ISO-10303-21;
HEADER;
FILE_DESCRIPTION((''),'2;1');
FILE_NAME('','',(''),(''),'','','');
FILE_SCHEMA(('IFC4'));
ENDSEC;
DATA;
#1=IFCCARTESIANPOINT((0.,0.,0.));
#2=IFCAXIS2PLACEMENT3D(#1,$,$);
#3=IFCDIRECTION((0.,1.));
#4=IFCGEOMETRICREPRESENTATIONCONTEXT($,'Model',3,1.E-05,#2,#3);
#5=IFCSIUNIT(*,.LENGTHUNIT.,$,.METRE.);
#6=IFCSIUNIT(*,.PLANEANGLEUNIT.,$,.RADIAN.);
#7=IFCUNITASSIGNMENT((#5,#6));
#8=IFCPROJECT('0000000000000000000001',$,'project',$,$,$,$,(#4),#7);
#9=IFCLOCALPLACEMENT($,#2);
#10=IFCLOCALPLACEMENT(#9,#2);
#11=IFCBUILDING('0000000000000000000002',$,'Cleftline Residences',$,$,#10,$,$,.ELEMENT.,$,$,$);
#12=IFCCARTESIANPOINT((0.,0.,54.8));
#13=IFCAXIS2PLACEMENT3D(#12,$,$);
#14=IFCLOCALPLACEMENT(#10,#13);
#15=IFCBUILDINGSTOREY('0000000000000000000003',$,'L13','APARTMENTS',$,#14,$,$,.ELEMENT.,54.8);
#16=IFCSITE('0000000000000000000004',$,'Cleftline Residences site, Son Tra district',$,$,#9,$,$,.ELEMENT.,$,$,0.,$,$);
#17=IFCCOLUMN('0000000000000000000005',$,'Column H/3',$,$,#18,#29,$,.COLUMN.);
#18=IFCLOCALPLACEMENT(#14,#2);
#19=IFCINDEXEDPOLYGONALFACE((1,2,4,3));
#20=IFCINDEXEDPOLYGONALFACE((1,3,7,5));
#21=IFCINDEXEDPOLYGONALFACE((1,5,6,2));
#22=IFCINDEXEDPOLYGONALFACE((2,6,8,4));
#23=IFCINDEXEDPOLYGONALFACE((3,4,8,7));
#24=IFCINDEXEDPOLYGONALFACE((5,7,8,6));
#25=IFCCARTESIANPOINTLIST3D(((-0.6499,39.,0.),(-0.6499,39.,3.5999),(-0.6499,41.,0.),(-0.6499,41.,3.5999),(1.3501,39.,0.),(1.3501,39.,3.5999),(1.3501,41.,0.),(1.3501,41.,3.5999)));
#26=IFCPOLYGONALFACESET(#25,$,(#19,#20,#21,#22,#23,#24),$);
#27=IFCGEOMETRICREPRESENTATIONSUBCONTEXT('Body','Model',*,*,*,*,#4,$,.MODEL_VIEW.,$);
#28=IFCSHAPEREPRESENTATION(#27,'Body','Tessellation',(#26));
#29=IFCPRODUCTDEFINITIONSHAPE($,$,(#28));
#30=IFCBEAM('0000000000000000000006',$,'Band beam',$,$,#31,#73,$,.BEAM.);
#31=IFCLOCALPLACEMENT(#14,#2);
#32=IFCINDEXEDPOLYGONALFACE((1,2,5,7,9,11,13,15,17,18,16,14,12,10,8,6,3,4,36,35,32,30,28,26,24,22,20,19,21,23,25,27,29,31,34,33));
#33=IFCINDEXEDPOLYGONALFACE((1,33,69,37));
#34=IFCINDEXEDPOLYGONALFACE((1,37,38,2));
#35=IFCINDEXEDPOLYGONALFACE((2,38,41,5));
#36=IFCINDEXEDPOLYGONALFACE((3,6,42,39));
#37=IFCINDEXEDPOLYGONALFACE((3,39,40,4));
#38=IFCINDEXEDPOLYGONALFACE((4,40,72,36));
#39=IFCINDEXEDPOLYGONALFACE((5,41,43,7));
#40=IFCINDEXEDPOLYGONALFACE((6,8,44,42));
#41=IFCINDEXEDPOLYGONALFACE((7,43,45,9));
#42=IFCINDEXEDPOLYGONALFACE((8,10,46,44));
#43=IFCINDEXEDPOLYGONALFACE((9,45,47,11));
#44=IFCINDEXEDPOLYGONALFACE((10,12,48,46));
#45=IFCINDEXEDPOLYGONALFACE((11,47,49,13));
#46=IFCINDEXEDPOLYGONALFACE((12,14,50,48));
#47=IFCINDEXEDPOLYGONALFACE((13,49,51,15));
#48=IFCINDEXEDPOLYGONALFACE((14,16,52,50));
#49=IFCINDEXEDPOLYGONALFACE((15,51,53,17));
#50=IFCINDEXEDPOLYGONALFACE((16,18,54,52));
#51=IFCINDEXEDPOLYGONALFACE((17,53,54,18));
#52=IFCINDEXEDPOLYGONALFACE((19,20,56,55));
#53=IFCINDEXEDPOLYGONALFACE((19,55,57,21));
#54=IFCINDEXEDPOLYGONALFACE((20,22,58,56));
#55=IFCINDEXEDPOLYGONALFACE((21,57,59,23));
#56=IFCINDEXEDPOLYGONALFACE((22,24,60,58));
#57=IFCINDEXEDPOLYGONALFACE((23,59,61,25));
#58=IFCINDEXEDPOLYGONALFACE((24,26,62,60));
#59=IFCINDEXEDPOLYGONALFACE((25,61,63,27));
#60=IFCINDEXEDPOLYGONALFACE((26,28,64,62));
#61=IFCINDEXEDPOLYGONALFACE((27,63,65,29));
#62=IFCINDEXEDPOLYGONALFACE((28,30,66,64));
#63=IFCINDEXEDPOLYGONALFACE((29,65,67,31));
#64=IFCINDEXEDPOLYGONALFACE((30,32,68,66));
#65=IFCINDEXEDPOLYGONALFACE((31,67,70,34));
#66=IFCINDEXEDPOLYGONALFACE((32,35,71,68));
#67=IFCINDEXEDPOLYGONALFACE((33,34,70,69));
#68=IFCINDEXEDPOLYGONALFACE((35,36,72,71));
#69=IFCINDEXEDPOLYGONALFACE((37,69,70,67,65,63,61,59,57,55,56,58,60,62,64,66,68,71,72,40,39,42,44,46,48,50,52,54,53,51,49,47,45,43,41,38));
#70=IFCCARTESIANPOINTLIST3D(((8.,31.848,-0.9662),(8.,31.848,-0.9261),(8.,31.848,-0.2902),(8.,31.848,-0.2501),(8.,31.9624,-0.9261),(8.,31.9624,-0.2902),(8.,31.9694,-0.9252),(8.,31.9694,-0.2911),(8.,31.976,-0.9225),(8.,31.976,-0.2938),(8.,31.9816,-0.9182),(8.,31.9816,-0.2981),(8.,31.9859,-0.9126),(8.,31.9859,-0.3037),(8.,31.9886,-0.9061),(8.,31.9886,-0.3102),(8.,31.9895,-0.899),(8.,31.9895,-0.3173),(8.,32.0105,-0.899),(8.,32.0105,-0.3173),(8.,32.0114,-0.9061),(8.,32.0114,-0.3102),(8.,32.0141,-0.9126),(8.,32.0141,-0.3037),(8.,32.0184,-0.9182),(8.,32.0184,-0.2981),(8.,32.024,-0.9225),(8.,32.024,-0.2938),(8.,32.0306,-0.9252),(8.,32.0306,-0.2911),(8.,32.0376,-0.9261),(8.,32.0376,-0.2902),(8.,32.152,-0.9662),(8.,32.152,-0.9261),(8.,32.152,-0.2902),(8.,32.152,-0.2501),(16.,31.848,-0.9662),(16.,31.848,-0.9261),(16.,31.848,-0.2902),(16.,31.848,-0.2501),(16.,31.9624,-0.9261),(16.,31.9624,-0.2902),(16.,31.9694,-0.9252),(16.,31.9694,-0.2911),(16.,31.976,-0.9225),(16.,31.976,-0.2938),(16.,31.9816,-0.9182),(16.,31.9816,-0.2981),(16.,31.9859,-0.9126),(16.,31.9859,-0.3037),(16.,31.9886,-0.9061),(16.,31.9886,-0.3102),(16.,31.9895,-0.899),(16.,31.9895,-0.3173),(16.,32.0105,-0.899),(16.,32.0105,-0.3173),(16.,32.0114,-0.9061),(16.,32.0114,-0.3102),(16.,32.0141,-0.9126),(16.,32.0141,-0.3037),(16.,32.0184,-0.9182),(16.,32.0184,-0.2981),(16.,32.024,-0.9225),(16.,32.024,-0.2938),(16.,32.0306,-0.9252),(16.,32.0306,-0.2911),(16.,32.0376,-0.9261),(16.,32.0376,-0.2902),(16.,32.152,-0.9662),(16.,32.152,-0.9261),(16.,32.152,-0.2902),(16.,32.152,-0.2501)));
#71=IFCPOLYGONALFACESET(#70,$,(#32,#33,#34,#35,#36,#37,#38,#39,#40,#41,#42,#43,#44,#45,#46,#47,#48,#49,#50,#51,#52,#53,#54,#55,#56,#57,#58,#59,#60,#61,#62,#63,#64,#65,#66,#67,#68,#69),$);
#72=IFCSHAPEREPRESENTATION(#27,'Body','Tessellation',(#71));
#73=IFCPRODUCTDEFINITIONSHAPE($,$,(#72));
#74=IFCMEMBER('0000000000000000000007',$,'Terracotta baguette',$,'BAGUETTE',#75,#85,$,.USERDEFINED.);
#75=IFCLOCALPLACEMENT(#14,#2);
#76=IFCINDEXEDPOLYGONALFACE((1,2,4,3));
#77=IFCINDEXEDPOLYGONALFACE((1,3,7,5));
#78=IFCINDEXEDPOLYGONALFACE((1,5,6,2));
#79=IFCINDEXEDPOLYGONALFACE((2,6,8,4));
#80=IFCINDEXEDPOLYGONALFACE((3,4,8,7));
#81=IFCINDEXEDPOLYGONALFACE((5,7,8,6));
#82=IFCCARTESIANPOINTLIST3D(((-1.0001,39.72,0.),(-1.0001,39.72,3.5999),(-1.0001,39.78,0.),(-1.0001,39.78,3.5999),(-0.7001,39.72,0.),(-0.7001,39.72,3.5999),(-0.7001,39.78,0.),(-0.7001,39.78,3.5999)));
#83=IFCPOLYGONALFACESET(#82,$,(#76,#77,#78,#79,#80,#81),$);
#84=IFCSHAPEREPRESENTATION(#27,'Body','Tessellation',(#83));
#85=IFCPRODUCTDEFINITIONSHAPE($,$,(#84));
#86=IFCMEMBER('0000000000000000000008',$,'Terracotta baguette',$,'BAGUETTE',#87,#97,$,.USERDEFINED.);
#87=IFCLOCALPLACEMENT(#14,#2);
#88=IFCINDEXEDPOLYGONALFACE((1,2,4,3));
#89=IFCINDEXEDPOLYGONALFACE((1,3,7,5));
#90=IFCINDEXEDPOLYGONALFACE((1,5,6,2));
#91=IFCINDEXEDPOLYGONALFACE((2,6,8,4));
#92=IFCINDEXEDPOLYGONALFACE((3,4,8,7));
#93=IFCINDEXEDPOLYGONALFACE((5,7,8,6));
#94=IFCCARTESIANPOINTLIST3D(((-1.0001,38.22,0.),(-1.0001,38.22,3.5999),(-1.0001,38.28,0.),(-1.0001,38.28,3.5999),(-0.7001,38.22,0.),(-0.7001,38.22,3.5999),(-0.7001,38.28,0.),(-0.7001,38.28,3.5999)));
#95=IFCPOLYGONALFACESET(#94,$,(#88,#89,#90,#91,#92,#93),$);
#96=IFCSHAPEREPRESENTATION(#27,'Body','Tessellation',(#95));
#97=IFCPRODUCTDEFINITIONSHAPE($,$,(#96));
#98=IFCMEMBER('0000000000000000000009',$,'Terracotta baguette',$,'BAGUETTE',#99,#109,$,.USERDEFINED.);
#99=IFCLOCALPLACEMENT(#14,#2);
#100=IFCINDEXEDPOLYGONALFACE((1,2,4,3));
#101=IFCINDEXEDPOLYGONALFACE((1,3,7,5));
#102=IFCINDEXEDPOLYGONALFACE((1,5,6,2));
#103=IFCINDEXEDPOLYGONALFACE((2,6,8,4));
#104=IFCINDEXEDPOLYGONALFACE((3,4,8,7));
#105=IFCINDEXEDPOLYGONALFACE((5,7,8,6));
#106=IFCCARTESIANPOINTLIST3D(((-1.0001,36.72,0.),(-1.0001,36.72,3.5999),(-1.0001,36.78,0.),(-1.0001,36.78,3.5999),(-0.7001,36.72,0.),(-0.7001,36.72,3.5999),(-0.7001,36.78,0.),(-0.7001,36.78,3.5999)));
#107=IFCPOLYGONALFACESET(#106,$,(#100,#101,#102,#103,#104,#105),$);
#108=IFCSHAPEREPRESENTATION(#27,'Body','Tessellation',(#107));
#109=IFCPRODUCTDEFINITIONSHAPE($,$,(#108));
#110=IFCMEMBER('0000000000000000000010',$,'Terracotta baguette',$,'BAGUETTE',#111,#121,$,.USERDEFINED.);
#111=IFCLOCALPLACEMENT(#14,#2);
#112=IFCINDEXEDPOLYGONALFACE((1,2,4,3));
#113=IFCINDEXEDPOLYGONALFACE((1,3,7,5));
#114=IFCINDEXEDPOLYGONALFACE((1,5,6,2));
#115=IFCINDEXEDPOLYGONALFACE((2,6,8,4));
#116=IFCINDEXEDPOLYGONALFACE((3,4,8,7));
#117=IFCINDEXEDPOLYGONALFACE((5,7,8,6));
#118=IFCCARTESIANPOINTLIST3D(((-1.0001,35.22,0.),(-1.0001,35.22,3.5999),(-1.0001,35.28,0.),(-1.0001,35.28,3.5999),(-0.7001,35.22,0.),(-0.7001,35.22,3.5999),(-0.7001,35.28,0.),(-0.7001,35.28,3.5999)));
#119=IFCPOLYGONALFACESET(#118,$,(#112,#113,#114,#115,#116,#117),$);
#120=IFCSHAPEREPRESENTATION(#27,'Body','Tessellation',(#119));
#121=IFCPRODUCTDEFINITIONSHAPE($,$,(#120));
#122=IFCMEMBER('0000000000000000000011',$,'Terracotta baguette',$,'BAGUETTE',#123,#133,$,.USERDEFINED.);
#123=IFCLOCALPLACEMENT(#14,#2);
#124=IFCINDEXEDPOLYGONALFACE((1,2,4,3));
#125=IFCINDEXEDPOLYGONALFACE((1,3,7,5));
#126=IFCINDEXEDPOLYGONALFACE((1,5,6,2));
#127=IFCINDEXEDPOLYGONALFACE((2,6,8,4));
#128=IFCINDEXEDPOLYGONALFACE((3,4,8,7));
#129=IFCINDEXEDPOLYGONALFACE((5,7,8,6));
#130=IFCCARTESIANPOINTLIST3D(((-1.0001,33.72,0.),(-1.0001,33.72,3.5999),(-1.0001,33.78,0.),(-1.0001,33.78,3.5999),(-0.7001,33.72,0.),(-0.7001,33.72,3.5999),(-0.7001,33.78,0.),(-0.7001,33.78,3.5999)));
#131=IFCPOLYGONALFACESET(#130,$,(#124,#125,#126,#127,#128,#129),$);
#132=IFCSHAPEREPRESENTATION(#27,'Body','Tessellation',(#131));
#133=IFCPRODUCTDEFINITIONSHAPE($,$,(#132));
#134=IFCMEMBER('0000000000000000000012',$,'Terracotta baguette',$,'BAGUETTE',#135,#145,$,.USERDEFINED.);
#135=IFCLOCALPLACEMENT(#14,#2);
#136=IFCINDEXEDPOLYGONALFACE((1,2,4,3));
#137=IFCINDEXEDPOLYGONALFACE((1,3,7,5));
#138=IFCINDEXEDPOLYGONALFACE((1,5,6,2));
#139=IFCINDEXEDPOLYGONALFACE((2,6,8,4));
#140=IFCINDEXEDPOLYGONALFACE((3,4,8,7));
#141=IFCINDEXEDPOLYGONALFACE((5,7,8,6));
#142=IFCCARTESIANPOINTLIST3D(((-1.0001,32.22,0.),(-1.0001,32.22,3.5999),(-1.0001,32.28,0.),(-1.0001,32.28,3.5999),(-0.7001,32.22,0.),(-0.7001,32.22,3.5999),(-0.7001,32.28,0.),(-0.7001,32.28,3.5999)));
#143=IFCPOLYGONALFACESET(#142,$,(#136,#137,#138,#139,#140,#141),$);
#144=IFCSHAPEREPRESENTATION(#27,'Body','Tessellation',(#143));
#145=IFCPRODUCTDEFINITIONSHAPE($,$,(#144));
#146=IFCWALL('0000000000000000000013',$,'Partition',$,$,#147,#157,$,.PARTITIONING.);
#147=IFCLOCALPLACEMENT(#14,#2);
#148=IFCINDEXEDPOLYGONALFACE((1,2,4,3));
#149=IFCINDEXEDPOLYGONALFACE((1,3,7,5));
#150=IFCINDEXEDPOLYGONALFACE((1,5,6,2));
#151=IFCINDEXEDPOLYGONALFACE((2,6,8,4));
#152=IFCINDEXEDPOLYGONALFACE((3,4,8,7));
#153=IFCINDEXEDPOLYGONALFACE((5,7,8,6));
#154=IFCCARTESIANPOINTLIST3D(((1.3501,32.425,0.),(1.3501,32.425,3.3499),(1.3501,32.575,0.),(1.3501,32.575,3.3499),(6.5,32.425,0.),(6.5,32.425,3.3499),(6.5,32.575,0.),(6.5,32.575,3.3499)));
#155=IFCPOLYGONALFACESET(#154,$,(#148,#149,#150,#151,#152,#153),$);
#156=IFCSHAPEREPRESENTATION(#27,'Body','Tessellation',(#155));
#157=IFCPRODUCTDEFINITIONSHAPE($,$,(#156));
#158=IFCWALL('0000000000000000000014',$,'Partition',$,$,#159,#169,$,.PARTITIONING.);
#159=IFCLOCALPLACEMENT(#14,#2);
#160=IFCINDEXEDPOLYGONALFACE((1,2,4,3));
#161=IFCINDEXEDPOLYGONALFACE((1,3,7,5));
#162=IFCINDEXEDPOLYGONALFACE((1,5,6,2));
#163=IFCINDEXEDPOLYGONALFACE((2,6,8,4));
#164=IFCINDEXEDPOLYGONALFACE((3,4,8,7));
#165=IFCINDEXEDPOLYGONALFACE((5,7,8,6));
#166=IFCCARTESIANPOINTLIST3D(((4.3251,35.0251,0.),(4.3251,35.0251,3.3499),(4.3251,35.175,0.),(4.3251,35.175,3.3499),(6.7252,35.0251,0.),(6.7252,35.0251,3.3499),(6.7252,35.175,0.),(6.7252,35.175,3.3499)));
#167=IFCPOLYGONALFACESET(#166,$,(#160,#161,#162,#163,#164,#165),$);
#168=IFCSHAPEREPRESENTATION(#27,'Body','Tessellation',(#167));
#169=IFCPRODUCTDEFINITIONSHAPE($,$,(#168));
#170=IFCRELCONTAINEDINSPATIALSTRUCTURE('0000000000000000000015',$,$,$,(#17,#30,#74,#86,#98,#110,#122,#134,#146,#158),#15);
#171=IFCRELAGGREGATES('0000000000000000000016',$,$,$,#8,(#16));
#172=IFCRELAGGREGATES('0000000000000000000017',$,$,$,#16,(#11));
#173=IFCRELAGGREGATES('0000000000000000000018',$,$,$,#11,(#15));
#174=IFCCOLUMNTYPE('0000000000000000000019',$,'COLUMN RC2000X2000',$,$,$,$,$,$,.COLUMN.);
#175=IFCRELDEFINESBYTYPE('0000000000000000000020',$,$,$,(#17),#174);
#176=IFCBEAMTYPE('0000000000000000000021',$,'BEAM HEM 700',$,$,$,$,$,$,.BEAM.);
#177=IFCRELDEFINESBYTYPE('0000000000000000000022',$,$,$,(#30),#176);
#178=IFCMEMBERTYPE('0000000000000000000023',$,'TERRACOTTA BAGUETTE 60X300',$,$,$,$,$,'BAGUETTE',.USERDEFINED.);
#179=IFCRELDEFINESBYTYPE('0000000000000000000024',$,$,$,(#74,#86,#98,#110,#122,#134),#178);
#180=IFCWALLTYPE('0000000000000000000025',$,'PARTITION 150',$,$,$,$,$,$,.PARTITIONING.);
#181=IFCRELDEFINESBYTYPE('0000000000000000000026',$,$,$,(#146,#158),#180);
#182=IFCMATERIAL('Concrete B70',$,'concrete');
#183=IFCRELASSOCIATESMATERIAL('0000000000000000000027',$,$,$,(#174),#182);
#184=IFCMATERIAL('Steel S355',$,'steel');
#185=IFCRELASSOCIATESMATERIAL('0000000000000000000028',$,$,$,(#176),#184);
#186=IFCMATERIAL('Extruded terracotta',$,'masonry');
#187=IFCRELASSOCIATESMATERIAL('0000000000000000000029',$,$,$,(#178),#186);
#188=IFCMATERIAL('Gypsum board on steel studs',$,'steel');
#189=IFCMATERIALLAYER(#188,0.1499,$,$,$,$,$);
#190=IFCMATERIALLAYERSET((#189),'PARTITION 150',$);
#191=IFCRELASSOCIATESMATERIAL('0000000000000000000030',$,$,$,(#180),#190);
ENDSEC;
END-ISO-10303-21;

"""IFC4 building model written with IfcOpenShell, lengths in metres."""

from ifc_helpers import new_model, si_unit, direction, frame, frame_2d, origin, origin_2d, place, context, subcontext, project, spatial, rectangle, i_section, extrude, material, layer, layer_set, material_profile, profile_set, type_object, element, save


model = new_model("IFC4")

# Units and contexts
model_context = context("Model", 3, precision=1e-05, world=origin(), true_north=direction((0.0, 1.0)))
body_context = subcontext(model_context, "Body", "Model", "MODEL_VIEW")
ifc_project = project(units=[si_unit("LENGTHUNIT", "METRE"), si_unit("PLANEANGLEUNIT", "RADIAN")], contexts=[model_context])

# Site, building, storey
site_placement = place(None, origin())
site = spatial("IfcSite", under=ifc_project, at=site_placement, Name="Cleftline Residences site, Son Tra district", CompositionType="ELEMENT", RefElevation=0.0)
building_placement = place(site_placement, origin())
building = spatial("IfcBuilding", under=site, at=building_placement, Name="Cleftline Residences", CompositionType="ELEMENT")
storey_placement = place(building_placement, frame((0.0, 0.0, 54.8)))
storey = spatial("IfcBuildingStorey", under=building, at=storey_placement, Name="L13", Description="APARTMENTS", CompositionType="ELEMENT", Elevation=54.8)

# Column
ifc_material_1 = material(Name="Concrete B70", Category="concrete")
ifc_material_profile_1 = material_profile(ifc_material_1, rectangle(XDim=2.0, YDim=2.0, at=origin_2d()))
ifc_profile_set_1 = profile_set([ifc_material_profile_1], Name="Concrete B70")
column_type = type_object("IfcColumnType", Name="COLUMN RC2000X2000", PredefinedType="COLUMN", material=ifc_profile_set_1)
column_placement = place(storey_placement, frame((0.3501, 40.0, 0.0), z_axis=(0.0, 0.0, 1.0), x_axis=(1.0, 0.0, 0.0)))
element("IfcColumn", 1, at=column_placement, inside=storey, type_object=column_type, Name="Column H/3", PredefinedType="COLUMN", context=body_context, shape_type="SweptSolid", body=[
    extrude(rectangle(XDim=2.0, YDim=2.0, at=origin_2d()), origin(), (0.0, 0.0, 1.0), 3.5999),
])

# Beam
ifc_material_2 = material(Name="Steel S355", Category="steel")
ifc_material_profile_2 = material_profile(ifc_material_2, i_section(OverallWidth=0.304, OverallDepth=0.7161, WebThickness=0.021, FlangeThickness=0.04, FilletRadius=0.0271, at=origin_2d()))
ifc_profile_set_2 = profile_set([ifc_material_profile_2], Name="Steel S355")
beam_type = type_object("IfcBeamType", Name="BEAM HEM 700", PredefinedType="BEAM", material=ifc_profile_set_2)
beam_placement = place(storey_placement, frame((8.0, 32.0, -0.6082), z_axis=(1.0, 0.0, 0.0), x_axis=(0.0, 1.0, 0.0)))
element("IfcBeam", 2, at=beam_placement, inside=storey, type_object=beam_type, Name="Band beam", PredefinedType="BEAM", context=body_context, shape_type="SweptSolid", body=[
    extrude(i_section(OverallWidth=0.304, OverallDepth=0.7161, WebThickness=0.021, FlangeThickness=0.04, FilletRadius=0.0271, at=origin_2d()), origin(), (0.0, 0.0, 1.0), 8.0),
])

# Members
ifc_material_3 = material(Name="Extruded terracotta", Category="masonry")
ifc_material_profile_3 = material_profile(ifc_material_3, rectangle(XDim=0.0601, YDim=0.3, at=origin_2d()))
ifc_profile_set_3 = profile_set([ifc_material_profile_3], Name="Extruded terracotta")
member_type = type_object("IfcMemberType", Name="TERRACOTTA BAGUETTE 60X300", ElementType="BAGUETTE", PredefinedType="USERDEFINED", material=ifc_profile_set_3)
for number, where, z_axis, x_axis, name in (
    (3, (-0.8501, 39.75, 0.0), (0.0, 0.0, 1.0), (0.0, 1.0, 0.0), "Terracotta baguette"),
    (4, (-0.8501, 38.25, 0.0), (0.0, 0.0, 1.0), (0.0, 1.0, 0.0), "Terracotta baguette"),
    (5, (-0.8501, 36.75, 0.0), (0.0, 0.0, 1.0), (0.0, 1.0, 0.0), "Terracotta baguette"),
    (6, (-0.8501, 35.25, 0.0), (0.0, 0.0, 1.0), (0.0, 1.0, 0.0), "Terracotta baguette"),
    (7, (-0.8501, 33.75, 0.0), (0.0, 0.0, 1.0), (0.0, 1.0, 0.0), "Terracotta baguette"),
    (8, (-0.8501, 32.25, 0.0), (0.0, 0.0, 1.0), (0.0, 1.0, 0.0), "Terracotta baguette"),
):
    element("IfcMember", number, at=place(storey_placement, frame(where, z_axis=z_axis, x_axis=x_axis)), inside=storey, type_object=member_type, Name=name, ObjectType="BAGUETTE", PredefinedType="USERDEFINED", context=body_context, shape_type="SweptSolid", body=[
        extrude(rectangle(XDim=0.0601, YDim=0.3, at=origin_2d()), origin(), (0.0, 0.0, 1.0), 3.5999),
    ])

# Walls
ifc_material_4 = material(Name="Gypsum board on steel studs", Category="steel")
ifc_layer = layer(ifc_material_4, 0.1499)
ifc_layer_set = layer_set([ifc_layer], Name="PARTITION 150")
wall_type = type_object("IfcWallType", Name="PARTITION 150", PredefinedType="PARTITIONING", material=ifc_layer_set)
wall_1_placement = place(storey_placement, frame((1.3501, 32.5, 0.0), z_axis=(0.0, 0.0, 1.0), x_axis=(1.0, 0.0, 0.0)))
element("IfcWall", 9, at=wall_1_placement, inside=storey, type_object=wall_type, Name="Partition", PredefinedType="PARTITIONING", context=body_context, shape_type="SweptSolid", body=[
    extrude(rectangle(XDim=5.1499, YDim=0.1499, at=frame_2d((2.575, 0.0))), origin(), (0.0, 0.0, 1.0), 3.3499),
])
wall_2_placement = place(storey_placement, frame((4.325, 35.1001, 0.0), z_axis=(0.0, 0.0, 1.0), x_axis=(1.0, 0.0, 0.0)))
element("IfcWall", 10, at=wall_2_placement, inside=storey, type_object=wall_type, Name="Partition", PredefinedType="PARTITIONING", context=body_context, shape_type="SweptSolid", body=[
    extrude(rectangle(XDim=2.4001, YDim=0.1499, at=frame_2d((1.2002, 0.0))), origin(), (0.0, 0.0, 1.0), 3.3499),
])

save(model, "model.ifc")
